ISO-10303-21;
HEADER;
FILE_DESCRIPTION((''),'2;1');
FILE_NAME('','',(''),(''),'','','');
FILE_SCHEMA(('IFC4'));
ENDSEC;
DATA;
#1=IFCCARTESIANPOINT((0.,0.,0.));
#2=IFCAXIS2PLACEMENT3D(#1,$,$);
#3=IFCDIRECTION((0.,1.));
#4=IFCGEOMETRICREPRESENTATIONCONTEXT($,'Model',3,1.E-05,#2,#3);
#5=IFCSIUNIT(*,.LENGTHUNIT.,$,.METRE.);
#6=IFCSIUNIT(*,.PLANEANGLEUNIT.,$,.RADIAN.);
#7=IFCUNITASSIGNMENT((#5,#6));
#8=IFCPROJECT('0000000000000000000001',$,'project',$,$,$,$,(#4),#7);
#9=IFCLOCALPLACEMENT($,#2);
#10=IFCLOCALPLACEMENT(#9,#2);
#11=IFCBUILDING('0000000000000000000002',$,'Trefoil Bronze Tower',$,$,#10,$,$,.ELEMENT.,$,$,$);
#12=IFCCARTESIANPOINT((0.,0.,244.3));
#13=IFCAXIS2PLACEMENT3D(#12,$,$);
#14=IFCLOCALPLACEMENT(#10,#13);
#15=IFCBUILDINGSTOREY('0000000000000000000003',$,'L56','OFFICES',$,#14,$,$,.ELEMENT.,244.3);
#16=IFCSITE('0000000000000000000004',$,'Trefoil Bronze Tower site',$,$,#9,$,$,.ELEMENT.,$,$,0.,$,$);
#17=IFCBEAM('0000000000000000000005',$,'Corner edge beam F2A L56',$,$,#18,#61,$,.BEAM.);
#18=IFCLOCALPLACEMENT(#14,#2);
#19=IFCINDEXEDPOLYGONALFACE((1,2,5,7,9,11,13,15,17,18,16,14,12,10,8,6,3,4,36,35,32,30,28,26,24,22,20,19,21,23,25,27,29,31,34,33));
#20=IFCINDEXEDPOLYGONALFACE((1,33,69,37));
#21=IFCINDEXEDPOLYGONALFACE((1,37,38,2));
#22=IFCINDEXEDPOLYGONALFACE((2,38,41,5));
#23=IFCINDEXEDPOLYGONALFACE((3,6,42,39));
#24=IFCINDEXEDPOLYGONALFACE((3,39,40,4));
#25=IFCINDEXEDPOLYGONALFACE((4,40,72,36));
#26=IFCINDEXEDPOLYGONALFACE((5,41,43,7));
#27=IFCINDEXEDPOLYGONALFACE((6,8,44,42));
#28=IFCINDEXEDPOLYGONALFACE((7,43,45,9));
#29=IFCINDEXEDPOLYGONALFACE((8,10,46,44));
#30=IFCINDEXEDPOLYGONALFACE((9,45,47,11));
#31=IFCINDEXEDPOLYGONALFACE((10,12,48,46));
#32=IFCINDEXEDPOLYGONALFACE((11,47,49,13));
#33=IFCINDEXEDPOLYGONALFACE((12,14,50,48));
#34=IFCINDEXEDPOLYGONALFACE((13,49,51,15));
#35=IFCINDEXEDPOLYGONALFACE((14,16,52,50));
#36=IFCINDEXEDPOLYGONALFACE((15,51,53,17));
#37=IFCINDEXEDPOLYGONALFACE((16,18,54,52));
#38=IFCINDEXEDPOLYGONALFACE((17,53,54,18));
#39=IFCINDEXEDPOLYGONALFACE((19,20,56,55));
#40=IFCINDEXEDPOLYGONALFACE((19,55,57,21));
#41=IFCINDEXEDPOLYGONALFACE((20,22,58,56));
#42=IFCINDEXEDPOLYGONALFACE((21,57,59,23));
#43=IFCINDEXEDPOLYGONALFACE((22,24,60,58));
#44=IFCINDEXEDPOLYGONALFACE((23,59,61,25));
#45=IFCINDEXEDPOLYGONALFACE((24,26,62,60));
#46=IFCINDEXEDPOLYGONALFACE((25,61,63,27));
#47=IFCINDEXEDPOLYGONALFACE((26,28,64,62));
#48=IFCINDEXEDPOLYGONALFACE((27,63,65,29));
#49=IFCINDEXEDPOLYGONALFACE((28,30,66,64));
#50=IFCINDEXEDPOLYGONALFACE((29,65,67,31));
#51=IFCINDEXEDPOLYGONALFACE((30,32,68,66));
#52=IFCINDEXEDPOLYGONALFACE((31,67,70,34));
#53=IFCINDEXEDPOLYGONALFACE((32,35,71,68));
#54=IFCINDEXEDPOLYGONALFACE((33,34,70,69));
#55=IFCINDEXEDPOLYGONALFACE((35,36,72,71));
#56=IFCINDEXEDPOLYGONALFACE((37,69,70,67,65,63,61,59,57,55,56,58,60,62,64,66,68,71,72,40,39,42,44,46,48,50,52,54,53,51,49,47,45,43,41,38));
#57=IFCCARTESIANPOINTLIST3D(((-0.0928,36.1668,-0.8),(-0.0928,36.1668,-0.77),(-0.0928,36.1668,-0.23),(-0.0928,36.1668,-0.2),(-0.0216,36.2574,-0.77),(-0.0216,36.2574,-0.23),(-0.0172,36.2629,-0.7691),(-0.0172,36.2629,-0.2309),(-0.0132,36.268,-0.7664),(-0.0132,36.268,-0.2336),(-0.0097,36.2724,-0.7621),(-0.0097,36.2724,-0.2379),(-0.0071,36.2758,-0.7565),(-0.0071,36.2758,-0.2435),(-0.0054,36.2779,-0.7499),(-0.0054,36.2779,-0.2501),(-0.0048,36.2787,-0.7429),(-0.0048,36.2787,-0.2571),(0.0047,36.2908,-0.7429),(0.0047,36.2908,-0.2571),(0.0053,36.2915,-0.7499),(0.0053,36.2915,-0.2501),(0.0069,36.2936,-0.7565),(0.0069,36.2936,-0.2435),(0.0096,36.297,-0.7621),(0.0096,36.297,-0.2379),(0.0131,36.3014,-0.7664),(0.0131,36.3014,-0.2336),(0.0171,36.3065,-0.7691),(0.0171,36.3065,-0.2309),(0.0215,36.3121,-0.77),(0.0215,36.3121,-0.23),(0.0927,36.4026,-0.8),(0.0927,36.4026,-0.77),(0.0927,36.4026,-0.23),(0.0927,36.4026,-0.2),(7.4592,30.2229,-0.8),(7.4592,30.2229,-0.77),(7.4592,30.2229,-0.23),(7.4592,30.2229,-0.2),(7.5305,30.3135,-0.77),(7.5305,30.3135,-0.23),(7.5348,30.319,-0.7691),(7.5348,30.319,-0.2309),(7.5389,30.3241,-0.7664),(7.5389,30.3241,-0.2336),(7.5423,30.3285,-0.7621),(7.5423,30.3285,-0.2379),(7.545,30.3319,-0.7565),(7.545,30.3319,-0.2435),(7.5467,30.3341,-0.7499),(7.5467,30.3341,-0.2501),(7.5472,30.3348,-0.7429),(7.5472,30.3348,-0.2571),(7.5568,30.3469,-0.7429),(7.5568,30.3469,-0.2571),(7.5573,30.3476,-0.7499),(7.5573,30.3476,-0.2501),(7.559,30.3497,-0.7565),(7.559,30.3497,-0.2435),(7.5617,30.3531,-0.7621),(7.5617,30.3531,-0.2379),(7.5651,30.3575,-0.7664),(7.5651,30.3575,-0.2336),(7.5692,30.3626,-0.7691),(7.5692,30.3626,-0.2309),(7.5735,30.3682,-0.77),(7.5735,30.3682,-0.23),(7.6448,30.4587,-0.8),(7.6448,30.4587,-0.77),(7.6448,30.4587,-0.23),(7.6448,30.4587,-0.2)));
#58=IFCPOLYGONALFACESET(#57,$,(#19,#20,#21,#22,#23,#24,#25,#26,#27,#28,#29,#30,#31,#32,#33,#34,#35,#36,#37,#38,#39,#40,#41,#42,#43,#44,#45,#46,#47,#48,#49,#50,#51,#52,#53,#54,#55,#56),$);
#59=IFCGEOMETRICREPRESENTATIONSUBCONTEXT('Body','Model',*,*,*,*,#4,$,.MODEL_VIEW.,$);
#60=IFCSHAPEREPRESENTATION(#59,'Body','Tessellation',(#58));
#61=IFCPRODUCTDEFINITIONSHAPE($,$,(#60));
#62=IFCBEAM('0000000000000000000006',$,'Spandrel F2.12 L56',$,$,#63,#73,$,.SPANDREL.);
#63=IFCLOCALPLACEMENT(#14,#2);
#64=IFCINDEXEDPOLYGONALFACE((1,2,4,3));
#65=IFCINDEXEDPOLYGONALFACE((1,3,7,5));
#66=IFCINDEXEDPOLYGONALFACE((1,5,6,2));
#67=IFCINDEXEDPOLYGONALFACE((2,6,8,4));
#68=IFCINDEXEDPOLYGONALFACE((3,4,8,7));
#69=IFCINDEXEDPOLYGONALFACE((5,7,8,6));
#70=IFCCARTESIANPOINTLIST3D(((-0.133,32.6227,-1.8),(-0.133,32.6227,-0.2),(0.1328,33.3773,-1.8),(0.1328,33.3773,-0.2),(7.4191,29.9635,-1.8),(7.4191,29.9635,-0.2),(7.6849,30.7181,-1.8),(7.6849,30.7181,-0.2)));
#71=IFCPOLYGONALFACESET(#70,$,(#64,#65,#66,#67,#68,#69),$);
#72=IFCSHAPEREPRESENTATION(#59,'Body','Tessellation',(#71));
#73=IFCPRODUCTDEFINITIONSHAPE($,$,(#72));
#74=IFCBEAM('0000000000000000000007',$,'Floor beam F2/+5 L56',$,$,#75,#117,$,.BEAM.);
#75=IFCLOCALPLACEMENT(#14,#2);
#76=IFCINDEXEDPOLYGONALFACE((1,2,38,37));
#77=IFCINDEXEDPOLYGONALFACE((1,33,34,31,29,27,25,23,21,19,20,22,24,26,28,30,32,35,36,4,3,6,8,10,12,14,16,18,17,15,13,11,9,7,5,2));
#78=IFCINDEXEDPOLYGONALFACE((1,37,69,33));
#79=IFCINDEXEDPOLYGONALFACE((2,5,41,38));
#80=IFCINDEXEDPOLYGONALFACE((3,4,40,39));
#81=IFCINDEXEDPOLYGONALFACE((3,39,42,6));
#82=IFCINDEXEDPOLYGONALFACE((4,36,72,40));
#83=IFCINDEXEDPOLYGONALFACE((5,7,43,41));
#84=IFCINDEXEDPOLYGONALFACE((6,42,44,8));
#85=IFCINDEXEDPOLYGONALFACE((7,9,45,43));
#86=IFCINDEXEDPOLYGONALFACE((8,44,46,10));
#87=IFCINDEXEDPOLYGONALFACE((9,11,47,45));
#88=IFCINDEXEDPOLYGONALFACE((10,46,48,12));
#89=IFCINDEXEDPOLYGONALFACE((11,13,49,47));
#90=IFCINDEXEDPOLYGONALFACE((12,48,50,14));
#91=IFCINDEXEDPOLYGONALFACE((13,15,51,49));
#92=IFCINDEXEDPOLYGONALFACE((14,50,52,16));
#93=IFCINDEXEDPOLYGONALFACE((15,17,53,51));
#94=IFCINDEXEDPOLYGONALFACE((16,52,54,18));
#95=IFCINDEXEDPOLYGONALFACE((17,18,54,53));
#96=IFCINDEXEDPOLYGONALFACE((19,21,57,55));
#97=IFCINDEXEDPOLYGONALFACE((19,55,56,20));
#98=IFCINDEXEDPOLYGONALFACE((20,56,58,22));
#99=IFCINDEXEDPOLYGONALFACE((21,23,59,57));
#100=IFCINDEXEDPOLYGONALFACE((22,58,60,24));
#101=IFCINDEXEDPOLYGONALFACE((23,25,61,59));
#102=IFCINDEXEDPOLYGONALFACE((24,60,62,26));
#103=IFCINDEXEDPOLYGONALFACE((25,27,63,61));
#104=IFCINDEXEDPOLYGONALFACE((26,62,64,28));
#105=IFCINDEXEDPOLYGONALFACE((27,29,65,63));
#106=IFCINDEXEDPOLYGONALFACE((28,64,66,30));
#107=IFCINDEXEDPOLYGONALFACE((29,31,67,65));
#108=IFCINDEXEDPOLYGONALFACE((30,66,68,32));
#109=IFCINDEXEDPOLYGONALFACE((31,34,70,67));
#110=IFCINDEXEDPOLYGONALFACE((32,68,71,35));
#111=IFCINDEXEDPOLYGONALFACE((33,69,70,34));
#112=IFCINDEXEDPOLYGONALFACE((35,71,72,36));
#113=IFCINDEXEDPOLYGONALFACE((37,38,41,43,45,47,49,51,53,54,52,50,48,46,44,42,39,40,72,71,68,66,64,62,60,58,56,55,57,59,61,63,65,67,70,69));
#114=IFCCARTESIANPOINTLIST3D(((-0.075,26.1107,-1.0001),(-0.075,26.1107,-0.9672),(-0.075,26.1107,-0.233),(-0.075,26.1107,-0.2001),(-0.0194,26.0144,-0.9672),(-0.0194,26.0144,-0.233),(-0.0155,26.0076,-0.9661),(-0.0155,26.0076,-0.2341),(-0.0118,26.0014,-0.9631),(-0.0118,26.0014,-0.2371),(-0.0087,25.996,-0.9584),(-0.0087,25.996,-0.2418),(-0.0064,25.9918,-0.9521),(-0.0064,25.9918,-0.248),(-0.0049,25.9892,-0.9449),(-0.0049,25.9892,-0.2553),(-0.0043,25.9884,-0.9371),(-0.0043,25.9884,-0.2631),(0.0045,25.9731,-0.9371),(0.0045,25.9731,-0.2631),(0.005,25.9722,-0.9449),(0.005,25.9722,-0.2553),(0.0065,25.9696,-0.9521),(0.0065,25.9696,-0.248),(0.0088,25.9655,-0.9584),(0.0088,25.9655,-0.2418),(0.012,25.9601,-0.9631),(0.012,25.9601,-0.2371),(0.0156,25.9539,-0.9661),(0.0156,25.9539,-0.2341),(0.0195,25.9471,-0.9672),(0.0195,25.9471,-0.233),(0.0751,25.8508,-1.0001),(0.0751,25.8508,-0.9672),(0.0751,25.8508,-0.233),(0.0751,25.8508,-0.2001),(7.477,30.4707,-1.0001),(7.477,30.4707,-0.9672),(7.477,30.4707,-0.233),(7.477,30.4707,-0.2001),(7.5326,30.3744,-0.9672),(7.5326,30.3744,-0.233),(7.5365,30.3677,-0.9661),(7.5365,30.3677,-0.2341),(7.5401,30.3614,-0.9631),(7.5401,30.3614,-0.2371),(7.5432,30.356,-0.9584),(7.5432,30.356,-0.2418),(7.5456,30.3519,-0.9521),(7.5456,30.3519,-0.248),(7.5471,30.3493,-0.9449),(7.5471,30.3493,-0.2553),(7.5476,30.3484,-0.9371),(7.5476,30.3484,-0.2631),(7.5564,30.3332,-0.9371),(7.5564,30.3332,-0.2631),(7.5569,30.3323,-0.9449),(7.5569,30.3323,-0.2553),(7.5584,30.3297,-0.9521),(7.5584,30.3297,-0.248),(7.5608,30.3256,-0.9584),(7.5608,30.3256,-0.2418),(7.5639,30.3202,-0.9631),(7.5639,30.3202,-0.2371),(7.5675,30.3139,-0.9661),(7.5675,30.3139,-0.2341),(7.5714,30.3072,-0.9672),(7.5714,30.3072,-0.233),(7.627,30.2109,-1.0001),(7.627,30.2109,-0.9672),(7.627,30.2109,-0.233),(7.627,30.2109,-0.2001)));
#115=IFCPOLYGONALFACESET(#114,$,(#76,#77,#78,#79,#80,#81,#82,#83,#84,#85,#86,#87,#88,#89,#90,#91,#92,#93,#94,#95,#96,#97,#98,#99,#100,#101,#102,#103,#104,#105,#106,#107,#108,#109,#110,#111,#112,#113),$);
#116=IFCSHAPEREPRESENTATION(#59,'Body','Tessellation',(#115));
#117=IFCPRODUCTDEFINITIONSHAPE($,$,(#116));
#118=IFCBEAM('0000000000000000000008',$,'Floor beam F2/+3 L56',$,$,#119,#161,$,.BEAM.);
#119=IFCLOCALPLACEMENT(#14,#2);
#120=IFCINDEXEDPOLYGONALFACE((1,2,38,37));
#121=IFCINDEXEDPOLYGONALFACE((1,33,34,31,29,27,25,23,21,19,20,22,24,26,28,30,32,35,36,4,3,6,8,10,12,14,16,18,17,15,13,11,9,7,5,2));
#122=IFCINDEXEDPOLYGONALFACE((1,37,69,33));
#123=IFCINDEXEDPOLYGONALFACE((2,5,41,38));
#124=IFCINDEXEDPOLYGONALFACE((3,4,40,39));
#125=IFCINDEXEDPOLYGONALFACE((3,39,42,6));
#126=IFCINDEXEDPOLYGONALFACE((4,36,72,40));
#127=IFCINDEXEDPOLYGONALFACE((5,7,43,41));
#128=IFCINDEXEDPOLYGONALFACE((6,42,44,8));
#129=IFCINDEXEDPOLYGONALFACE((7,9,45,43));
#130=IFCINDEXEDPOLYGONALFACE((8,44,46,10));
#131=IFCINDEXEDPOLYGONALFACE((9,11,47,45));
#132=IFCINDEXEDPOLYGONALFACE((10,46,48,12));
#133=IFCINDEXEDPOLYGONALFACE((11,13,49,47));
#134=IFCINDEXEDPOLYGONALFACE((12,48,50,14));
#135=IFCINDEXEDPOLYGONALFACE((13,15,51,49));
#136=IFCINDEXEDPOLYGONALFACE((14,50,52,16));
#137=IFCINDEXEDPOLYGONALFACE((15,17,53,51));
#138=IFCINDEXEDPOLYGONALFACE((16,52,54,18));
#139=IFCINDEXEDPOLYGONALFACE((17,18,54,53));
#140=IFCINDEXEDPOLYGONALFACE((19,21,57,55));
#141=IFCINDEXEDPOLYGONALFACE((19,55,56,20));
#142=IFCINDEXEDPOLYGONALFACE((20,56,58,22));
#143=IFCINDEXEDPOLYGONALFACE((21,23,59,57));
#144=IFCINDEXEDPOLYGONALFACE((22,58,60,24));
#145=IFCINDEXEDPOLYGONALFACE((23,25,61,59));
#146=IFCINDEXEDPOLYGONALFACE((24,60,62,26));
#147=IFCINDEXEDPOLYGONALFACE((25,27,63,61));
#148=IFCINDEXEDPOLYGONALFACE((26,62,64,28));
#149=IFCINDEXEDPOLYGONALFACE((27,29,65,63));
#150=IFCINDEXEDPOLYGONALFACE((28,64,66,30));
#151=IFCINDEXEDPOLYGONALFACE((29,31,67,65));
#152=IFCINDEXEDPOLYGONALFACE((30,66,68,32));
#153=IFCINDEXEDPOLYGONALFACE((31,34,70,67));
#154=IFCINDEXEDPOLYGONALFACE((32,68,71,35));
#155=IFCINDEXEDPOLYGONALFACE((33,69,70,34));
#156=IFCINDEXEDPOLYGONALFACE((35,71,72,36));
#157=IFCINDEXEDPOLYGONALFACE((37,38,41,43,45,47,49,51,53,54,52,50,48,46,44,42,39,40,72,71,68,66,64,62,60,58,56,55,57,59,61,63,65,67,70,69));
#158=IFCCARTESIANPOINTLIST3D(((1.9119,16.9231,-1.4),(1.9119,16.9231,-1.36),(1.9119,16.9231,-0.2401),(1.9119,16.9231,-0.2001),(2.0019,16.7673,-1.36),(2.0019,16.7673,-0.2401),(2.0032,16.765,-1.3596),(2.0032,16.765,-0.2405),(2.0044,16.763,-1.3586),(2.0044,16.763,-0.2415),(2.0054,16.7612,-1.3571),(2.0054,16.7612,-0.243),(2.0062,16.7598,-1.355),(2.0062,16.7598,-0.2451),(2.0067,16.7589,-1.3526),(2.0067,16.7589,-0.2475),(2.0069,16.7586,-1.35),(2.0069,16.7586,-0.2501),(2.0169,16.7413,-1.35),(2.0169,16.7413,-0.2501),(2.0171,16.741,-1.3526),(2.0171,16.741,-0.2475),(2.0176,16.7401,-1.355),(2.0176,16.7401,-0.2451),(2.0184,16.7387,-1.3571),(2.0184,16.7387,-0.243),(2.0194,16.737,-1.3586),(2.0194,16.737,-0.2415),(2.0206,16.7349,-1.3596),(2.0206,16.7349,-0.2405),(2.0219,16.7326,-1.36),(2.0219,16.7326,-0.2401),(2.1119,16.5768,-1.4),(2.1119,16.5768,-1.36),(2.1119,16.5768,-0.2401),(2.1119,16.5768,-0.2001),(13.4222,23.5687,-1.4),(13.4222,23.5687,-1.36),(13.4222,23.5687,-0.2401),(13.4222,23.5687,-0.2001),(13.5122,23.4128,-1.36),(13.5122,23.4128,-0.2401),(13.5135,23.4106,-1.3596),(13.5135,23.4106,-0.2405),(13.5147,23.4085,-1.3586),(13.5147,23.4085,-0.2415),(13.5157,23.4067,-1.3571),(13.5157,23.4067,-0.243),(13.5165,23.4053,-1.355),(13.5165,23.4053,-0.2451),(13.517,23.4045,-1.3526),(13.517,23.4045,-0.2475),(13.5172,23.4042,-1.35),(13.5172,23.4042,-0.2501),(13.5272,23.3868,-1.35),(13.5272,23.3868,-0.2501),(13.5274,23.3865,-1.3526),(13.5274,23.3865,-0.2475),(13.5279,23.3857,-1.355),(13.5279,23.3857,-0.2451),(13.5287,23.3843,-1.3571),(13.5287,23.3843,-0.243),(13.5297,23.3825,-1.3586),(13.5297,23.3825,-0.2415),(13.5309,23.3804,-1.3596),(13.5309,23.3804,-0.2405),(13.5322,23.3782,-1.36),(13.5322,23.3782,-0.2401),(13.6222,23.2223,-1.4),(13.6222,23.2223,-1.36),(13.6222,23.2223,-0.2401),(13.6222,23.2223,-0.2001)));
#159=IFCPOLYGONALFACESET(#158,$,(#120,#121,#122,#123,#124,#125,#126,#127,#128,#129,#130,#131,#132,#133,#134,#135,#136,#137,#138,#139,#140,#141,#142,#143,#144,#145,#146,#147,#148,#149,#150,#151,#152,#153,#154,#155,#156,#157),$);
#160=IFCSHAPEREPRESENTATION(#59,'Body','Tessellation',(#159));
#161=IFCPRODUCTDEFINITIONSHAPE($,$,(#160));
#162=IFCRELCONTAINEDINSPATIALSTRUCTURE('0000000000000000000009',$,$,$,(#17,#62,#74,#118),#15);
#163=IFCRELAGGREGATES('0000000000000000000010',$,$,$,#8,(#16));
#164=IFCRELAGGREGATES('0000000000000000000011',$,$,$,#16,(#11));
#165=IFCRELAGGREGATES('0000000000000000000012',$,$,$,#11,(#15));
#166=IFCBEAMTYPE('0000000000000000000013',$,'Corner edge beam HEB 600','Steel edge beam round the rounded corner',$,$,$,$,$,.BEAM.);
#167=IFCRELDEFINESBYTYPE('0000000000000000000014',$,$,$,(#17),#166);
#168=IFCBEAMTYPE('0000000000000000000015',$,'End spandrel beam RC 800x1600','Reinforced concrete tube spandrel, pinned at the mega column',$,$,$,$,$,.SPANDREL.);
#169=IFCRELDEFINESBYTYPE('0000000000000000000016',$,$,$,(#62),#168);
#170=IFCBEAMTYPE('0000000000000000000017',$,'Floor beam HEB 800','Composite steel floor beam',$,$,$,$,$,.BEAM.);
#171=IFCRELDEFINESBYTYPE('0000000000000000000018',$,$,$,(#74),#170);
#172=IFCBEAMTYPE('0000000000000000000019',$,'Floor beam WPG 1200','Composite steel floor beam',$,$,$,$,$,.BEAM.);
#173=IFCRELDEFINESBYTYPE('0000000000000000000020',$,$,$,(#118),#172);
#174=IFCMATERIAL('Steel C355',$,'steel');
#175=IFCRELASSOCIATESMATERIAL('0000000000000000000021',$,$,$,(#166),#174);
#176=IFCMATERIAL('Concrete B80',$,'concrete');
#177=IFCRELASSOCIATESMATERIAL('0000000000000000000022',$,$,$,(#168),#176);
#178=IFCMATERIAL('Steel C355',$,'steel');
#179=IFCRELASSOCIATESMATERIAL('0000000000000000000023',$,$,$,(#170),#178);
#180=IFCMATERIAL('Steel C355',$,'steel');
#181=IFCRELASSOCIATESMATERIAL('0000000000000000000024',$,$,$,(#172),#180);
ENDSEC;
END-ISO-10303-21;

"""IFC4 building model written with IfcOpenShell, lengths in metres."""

from ifc_helpers import new_model, si_unit, direction, frame, origin, origin_2d, place, context, subcontext, project, spatial, rectangle, i_section, extrude, material, material_profile, profile_set, type_object, element, save


model = new_model("IFC4")

# Units and contexts
model_context = context("Model", 3, precision=1e-05, world=origin(), true_north=direction((0.0, 1.0)))
body_context = subcontext(model_context, "Body", "Model", "MODEL_VIEW")
ifc_project = project(units=[si_unit("LENGTHUNIT", "METRE"), si_unit("PLANEANGLEUNIT", "RADIAN")], contexts=[model_context])

# Site, building, storey
site_placement = place(None, origin())
site = spatial("IfcSite", under=ifc_project, at=site_placement, Name="Trefoil Bronze Tower site", CompositionType="ELEMENT", RefElevation=0.0)
building_placement = place(site_placement, origin())
building = spatial("IfcBuilding", under=site, at=building_placement, Name="Trefoil Bronze Tower", CompositionType="ELEMENT")
storey_placement = place(building_placement, frame((0.0, 0.0, 244.3)))
storey = spatial("IfcBuildingStorey", under=building, at=storey_placement, Name="L56", Description="OFFICES", CompositionType="ELEMENT", Elevation=244.3)

# Beams
ifc_material_1 = material(Name="Steel C355", Category="steel")
ifc_material_profile_1 = material_profile(ifc_material_1, i_section(OverallWidth=0.3, OverallDepth=0.6001, WebThickness=0.0154, FlangeThickness=0.03, FilletRadius=0.0271, at=origin_2d()), Name="HEB 600")
ifc_profile_set_1 = profile_set([ifc_material_profile_1], Name="Steel C355")
beam_type_1 = type_object("IfcBeamType", Name="Corner edge beam HEB 600", Description="Steel edge beam round the rounded corner", PredefinedType="BEAM", material=ifc_profile_set_1)
beam_1_placement = place(storey_placement, frame((7.552, 30.3408, -0.5), z_axis=(-0.785806, 0.618473, 0.0), x_axis=(-0.618473, -0.785806, 0.0)))
element("IfcBeam", 1, at=beam_1_placement, inside=storey, type_object=beam_type_1, Name="Corner edge beam F2A L56", PredefinedType="BEAM", context=body_context, shape_type="SweptSolid", body=[
    extrude(i_section(OverallWidth=0.3, OverallDepth=0.6001, WebThickness=0.0154, FlangeThickness=0.03, FilletRadius=0.0271, at=origin_2d()), origin(), (0.0, 0.0, 1.0), 9.6106),
])
ifc_material_2 = material(Name="Concrete B80", Category="concrete")
ifc_material_profile_2 = material_profile(ifc_material_2, rectangle(XDim=0.8, YDim=1.6001, at=origin_2d()), Name="RC 800x1600")
ifc_profile_set_2 = profile_set([ifc_material_profile_2], Name="Concrete B80")
beam_type_2 = type_object("IfcBeamType", Name="End spandrel beam RC 800x1600", Description="Reinforced concrete tube spandrel, pinned at the mega column", PredefinedType="SPANDREL", material=ifc_profile_set_2)
beam_2_placement = place(storey_placement, frame((7.552, 30.3408, -1.0), z_axis=(-0.943234, 0.332128, 0.0), x_axis=(-0.332128, -0.943234, 0.0)))
element("IfcBeam", 2, at=beam_2_placement, inside=storey, type_object=beam_type_2, Name="Spandrel F2.12 L56", PredefinedType="SPANDREL", context=body_context, shape_type="SweptSolid", body=[
    extrude(rectangle(XDim=0.8, YDim=1.6001, at=origin_2d()), origin(), (0.0, 0.0, 1.0), 8.0066),
])
ifc_material_3 = material(Name="Steel C355", Category="steel")
ifc_material_profile_3 = material_profile(ifc_material_3, i_section(OverallWidth=0.3, OverallDepth=0.8, WebThickness=0.0176, FlangeThickness=0.033, FilletRadius=0.03, at=origin_2d()), Name="HEB 800")
ifc_profile_set_3 = profile_set([ifc_material_profile_3], Name="Steel C355")
beam_type_3 = type_object("IfcBeamType", Name="Floor beam HEB 800", Description="Composite steel floor beam", PredefinedType="BEAM", material=ifc_profile_set_3)
beam_3_placement = place(storey_placement, frame((7.552, 30.3408, -0.6001), z_axis=(-0.866028, -0.499996, 0.0), x_axis=(0.499996, -0.866028, 0.0)))
element("IfcBeam", 3, at=beam_3_placement, inside=storey, type_object=beam_type_3, Name="Floor beam F2/+5 L56", PredefinedType="BEAM", context=body_context, shape_type="SweptSolid", body=[
    extrude(i_section(OverallWidth=0.3, OverallDepth=0.8, WebThickness=0.0176, FlangeThickness=0.033, FilletRadius=0.03, at=origin_2d()), origin(), (0.0, 0.0, 1.0), 8.7202),
])
ifc_material_4 = material(Name="Steel C355", Category="steel")
ifc_material_profile_4 = material_profile(ifc_material_4, i_section(OverallWidth=0.3999, OverallDepth=1.2, WebThickness=0.02, FlangeThickness=0.04, FilletRadius=0.01, at=origin_2d()), Name="WPG 1200")
ifc_profile_set_4 = profile_set([ifc_material_profile_4], Name="Steel C355")
beam_type_4 = type_object("IfcBeamType", Name="Floor beam WPG 1200", Description="Composite steel floor beam", PredefinedType="BEAM", material=ifc_profile_set_4)
beam_4_placement = place(storey_placement, frame((13.5222, 23.3955, -0.8), z_axis=(-0.866023, -0.500003, 0.0), x_axis=(0.500003, -0.866023, 0.0)))
element("IfcBeam", 4, at=beam_4_placement, inside=storey, type_object=beam_type_4, Name="Floor beam F2/+3 L56", PredefinedType="BEAM", context=body_context, shape_type="SweptSolid", body=[
    extrude(i_section(OverallWidth=0.3999, OverallDepth=1.2, WebThickness=0.02, FlangeThickness=0.04, FilletRadius=0.01, at=origin_2d()), origin(), (0.0, 0.0, 1.0), 13.291),
])

save(model, "model.ifc")
